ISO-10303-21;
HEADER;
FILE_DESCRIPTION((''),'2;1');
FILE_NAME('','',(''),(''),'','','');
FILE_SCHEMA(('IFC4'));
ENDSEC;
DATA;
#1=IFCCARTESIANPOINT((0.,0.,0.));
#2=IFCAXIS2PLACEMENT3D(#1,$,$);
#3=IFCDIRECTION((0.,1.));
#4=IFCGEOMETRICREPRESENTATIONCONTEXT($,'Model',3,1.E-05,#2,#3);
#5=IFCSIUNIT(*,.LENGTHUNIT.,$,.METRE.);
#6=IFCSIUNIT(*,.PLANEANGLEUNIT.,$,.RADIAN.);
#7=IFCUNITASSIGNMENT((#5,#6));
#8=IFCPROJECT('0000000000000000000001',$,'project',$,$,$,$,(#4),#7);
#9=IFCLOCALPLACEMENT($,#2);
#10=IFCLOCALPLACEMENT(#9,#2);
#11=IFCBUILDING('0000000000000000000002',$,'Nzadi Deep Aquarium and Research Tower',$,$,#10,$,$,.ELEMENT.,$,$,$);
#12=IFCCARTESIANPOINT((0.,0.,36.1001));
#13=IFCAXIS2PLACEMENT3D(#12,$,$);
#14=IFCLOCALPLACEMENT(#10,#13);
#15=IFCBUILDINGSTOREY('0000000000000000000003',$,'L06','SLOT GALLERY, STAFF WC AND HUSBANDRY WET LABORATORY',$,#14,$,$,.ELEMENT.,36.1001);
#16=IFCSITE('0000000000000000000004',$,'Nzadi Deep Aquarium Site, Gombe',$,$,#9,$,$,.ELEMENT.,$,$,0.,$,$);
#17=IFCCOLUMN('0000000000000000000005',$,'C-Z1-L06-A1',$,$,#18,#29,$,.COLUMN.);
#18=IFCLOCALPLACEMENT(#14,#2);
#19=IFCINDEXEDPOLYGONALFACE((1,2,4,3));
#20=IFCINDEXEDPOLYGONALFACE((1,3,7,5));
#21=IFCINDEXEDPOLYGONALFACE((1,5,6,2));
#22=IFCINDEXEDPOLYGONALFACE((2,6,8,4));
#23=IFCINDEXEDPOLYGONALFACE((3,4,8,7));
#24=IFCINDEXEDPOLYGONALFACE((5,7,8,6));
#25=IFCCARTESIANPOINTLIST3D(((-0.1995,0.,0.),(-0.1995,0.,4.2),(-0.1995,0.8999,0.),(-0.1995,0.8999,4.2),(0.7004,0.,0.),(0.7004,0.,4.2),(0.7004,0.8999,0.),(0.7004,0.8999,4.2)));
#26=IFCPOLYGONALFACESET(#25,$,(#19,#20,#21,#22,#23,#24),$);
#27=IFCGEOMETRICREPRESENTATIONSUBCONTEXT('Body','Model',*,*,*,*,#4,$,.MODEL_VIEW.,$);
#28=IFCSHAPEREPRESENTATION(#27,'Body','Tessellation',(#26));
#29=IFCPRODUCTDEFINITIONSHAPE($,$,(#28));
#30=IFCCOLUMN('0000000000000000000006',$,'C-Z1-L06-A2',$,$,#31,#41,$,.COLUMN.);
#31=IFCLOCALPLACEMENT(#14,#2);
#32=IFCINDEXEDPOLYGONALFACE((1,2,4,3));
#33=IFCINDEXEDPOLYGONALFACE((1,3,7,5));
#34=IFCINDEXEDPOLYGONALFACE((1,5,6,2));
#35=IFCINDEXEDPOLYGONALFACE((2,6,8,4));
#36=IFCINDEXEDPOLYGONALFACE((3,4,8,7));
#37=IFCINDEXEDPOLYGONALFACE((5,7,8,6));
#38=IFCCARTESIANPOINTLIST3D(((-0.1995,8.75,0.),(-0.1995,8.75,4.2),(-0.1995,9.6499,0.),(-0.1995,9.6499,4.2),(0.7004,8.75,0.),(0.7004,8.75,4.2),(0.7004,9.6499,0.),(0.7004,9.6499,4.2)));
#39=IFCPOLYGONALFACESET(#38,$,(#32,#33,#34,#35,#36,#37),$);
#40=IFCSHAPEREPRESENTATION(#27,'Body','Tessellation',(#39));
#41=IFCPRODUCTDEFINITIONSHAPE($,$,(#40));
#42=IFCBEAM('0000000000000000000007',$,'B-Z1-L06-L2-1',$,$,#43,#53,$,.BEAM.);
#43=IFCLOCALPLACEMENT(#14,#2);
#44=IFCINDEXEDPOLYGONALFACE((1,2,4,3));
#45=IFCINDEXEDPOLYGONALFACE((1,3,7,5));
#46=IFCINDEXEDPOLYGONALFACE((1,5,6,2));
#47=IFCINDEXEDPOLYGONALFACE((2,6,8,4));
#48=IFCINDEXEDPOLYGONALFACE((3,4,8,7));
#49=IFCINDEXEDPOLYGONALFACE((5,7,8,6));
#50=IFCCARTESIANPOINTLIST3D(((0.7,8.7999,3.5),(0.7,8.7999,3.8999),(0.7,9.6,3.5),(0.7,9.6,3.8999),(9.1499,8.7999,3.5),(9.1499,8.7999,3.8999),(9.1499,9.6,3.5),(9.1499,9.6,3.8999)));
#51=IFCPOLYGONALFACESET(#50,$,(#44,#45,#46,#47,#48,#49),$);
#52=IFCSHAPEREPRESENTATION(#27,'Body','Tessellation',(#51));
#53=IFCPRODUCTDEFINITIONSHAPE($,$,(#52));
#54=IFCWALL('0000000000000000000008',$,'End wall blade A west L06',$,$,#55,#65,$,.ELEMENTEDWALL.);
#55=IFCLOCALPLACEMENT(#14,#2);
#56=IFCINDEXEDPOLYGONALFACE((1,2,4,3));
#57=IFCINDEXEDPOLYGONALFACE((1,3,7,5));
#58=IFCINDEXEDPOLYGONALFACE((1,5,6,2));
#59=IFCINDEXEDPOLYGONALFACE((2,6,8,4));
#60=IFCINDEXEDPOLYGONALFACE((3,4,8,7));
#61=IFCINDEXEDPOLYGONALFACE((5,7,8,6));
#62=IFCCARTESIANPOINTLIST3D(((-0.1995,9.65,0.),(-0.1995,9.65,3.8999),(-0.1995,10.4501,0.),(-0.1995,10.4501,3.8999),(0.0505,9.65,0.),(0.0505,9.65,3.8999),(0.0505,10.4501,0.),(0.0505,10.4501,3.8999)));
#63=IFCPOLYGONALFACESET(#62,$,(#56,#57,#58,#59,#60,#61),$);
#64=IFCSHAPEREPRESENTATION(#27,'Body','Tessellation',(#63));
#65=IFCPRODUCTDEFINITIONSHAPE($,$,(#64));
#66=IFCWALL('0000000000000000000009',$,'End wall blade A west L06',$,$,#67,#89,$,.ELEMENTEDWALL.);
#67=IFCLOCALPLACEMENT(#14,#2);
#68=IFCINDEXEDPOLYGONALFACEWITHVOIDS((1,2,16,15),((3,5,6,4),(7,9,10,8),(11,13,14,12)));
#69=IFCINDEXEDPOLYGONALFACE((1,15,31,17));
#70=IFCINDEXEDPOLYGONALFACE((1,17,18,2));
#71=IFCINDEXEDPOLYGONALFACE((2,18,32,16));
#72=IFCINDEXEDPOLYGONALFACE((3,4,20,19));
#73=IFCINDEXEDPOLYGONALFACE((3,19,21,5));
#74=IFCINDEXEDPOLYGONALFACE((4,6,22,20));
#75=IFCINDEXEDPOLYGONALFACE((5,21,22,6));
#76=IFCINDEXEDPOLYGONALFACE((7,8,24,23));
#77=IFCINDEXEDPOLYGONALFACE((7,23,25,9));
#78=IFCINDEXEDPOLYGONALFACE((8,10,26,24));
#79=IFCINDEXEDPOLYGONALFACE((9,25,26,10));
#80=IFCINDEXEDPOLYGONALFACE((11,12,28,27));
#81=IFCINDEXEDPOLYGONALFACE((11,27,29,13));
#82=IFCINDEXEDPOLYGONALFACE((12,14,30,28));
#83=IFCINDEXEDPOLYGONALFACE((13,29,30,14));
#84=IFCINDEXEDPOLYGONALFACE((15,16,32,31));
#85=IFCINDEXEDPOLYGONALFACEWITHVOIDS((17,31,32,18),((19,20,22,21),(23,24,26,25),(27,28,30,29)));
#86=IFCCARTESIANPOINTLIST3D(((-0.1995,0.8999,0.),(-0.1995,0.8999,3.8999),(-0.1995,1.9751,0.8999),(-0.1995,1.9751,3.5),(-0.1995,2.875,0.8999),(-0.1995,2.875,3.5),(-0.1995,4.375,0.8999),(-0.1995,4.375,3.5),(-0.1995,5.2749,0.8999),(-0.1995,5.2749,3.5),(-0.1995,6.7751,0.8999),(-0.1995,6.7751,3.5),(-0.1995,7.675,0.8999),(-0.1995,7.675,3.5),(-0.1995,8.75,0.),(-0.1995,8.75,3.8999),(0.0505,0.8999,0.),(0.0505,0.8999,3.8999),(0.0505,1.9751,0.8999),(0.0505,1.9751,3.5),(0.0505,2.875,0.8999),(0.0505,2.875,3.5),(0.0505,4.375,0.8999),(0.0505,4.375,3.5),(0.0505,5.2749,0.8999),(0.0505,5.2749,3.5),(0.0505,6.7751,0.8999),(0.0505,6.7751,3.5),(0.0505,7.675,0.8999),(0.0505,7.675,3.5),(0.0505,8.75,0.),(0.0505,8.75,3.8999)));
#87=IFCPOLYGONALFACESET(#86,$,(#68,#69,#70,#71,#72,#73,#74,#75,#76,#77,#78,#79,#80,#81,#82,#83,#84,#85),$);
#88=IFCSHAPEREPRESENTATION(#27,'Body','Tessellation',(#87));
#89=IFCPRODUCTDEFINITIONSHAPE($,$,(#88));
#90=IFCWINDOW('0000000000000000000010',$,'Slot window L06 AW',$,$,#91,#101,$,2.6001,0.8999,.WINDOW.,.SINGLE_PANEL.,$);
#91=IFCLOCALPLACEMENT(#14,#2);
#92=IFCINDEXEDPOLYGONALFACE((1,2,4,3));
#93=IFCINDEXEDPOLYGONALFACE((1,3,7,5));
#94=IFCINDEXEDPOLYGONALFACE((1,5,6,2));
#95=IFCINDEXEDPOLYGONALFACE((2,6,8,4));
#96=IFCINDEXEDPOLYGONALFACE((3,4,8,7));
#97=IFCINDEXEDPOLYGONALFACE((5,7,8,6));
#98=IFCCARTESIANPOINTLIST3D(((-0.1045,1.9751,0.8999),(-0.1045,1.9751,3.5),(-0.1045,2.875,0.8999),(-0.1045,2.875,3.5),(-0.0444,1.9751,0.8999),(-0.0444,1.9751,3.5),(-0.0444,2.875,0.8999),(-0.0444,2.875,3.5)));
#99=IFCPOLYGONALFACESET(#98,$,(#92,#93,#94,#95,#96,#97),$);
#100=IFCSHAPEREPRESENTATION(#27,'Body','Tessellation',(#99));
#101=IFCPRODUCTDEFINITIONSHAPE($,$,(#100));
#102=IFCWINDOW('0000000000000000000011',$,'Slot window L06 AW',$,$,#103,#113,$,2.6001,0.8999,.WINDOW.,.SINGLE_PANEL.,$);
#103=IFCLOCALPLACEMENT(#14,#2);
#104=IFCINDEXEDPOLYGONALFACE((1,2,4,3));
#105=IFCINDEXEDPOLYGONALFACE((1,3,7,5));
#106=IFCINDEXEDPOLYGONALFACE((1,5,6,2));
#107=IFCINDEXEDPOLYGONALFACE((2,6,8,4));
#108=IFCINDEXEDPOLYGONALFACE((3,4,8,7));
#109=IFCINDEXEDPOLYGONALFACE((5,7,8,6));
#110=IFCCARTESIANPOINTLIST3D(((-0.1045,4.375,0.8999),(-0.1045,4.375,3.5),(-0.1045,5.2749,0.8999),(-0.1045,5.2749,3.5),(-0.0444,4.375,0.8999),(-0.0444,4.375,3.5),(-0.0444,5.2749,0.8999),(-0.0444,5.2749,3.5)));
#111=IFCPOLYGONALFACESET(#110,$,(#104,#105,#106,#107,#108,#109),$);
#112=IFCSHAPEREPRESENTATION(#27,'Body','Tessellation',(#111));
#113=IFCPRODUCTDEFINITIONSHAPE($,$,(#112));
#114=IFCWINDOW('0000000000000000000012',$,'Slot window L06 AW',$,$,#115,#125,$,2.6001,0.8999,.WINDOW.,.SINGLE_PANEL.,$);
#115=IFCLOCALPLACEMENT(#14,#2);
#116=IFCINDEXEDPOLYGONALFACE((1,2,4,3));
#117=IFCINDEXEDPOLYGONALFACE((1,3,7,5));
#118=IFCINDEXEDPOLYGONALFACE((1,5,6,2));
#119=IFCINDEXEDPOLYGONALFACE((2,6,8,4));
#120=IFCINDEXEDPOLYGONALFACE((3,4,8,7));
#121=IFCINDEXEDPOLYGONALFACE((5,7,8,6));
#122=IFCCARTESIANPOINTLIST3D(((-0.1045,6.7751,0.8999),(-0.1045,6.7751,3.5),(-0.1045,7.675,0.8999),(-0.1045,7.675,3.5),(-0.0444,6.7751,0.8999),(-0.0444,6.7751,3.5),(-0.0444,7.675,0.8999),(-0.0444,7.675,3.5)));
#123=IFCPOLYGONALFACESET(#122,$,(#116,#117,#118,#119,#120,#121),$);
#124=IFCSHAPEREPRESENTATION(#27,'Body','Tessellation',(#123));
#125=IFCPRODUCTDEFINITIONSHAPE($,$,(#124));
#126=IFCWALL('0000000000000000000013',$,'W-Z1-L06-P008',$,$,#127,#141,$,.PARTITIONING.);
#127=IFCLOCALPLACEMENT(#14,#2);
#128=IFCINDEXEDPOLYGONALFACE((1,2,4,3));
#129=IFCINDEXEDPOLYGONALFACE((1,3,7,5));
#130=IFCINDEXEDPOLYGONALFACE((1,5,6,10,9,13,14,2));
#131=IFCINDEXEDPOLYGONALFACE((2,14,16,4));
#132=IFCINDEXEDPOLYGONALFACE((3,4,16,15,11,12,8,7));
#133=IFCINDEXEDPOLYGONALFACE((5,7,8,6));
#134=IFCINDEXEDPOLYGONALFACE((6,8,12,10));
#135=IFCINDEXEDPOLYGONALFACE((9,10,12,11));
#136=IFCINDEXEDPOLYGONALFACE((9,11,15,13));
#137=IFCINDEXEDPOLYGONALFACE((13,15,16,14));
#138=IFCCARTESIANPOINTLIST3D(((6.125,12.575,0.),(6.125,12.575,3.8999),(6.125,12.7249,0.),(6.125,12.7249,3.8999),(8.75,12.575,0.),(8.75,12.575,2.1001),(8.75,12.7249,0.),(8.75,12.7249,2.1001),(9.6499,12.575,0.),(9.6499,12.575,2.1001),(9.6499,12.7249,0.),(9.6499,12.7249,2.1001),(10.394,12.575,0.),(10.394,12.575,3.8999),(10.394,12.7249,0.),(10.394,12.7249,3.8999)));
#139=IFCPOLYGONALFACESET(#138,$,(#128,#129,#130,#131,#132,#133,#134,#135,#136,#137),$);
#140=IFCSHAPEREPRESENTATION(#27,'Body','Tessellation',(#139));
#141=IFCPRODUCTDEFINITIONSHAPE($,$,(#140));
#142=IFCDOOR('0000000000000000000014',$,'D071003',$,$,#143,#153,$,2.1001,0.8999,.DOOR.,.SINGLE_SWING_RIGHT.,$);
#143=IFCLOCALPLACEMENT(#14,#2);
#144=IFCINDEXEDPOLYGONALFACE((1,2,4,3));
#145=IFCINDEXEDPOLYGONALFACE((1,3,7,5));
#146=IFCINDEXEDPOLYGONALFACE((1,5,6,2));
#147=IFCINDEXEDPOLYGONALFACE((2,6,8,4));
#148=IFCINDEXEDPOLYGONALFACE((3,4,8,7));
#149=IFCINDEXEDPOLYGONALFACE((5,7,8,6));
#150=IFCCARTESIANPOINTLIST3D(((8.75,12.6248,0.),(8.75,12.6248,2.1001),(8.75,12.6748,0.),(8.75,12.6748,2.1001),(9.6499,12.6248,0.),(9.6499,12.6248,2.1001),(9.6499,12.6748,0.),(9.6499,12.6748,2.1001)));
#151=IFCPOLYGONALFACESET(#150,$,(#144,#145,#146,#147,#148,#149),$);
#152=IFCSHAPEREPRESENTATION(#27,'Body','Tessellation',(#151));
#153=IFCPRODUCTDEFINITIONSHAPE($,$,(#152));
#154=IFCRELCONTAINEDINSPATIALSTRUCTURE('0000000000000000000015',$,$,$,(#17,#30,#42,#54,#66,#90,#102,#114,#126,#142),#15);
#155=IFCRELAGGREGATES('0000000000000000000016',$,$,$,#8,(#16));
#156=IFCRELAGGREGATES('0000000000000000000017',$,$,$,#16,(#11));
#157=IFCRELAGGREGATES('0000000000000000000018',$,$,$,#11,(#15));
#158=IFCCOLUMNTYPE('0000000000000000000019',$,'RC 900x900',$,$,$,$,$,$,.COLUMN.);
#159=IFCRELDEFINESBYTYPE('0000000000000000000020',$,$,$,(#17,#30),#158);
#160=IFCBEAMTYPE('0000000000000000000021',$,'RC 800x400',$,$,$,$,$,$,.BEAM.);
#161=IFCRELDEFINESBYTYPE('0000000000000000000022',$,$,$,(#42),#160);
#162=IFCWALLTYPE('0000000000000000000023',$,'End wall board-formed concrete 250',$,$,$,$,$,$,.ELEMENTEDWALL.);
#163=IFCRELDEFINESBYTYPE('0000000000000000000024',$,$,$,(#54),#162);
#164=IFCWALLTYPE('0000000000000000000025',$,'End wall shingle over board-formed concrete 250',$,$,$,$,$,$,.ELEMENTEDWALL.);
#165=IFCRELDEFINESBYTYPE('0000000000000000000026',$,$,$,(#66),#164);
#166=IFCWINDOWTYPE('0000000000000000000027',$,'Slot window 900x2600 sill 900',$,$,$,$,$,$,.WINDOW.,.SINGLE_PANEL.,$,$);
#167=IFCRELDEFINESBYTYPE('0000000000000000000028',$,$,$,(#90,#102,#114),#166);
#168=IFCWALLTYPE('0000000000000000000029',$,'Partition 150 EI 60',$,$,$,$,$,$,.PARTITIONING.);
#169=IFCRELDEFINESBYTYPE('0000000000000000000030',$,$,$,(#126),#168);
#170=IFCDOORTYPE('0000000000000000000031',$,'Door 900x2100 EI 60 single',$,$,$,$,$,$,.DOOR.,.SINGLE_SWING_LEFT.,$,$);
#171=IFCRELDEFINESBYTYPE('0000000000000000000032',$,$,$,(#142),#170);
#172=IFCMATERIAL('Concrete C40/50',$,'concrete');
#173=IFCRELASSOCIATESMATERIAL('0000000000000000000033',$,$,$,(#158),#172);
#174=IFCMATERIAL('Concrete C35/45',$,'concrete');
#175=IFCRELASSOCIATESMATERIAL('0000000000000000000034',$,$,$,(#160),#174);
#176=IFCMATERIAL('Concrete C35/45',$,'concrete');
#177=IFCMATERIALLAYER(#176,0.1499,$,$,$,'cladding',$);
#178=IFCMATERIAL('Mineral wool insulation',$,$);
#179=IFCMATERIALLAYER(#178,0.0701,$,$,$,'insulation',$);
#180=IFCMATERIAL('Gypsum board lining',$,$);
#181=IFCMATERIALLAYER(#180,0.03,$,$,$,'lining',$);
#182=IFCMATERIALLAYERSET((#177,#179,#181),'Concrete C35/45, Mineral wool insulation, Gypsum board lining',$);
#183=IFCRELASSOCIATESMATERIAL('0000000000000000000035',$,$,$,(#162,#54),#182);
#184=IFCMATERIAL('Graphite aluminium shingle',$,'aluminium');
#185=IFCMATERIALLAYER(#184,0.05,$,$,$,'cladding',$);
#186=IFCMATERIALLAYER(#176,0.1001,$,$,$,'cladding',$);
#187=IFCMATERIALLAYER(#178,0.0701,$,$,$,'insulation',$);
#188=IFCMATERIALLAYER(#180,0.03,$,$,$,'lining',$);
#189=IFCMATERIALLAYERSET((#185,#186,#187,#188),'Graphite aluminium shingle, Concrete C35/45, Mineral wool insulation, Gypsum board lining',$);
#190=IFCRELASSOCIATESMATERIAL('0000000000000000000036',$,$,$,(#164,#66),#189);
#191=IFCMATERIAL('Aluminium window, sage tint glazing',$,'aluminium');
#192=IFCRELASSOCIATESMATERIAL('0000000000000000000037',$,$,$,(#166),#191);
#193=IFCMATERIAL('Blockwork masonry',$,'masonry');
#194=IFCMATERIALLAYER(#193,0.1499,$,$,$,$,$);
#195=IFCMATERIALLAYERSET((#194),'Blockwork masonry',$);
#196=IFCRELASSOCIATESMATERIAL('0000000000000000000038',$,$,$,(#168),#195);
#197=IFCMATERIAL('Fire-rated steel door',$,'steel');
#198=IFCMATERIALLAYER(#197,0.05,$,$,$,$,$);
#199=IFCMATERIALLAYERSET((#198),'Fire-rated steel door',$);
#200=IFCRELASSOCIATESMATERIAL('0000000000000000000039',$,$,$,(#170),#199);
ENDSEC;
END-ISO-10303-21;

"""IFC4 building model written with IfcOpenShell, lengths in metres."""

from ifc_helpers import new_model, si_unit, direction, frame, frame_2d, origin, origin_2d, place, context, subcontext, project, spatial, rectangle, extrude, material, layer, layer_set, layer_usage, material_profile, profile_set, type_object, element, fill, save


model = new_model("IFC4")

# Units and contexts
model_context = context("Model", 3, precision=1e-05, world=origin(), true_north=direction((0.0, 1.0)))
body_context = subcontext(model_context, "Body", "Model", "MODEL_VIEW")
ifc_project = project(units=[si_unit("LENGTHUNIT", "METRE"), si_unit("PLANEANGLEUNIT", "RADIAN")], contexts=[model_context])

# Site, building, storey
site_placement = place(None, origin())
site = spatial("IfcSite", under=ifc_project, at=site_placement, Name="Nzadi Deep Aquarium Site, Gombe", CompositionType="ELEMENT", RefElevation=0.0)
building_placement = place(site_placement, origin())
building = spatial("IfcBuilding", under=site, at=building_placement, Name="Nzadi Deep Aquarium and Research Tower", CompositionType="ELEMENT")
storey_placement = place(building_placement, frame((0.0, 0.0, 36.1001)))
storey = spatial("IfcBuildingStorey", under=building, at=storey_placement, Name="L06", Description="SLOT GALLERY, STAFF WC AND HUSBANDRY WET LABORATORY", CompositionType="ELEMENT", Elevation=36.1001)

# Columns
ifc_material_1 = material(Name="Concrete C40/50", Category="concrete")
ifc_material_profile_1 = material_profile(ifc_material_1, rectangle(XDim=0.8999, YDim=0.8999, at=origin_2d()))
ifc_profile_set_1 = profile_set([ifc_material_profile_1], Name="Concrete C40/50")
column_type = type_object("IfcColumnType", Name="RC 900x900", PredefinedType="COLUMN", material=ifc_profile_set_1)
for number, where, z_axis, x_axis, name in (
    (1, (0.2505, 0.45, 0.0), (0.0, 0.0, 1.0), (1.0, 0.0, 0.0), "C-Z1-L06-A1"),
    (2, (0.2505, 9.2, 0.0), (0.0, 0.0, 1.0), (1.0, 0.0, 0.0), "C-Z1-L06-A2"),
):
    element("IfcColumn", number, at=place(storey_placement, frame(where, z_axis=z_axis, x_axis=x_axis)), inside=storey, type_object=column_type, Name=name, PredefinedType="COLUMN", context=body_context, shape_type="SweptSolid", body=[
        extrude(rectangle(XDim=0.8999, YDim=0.8999, at=origin_2d()), origin(), (0.0, 0.0, 1.0), 4.2),
    ])

# Beam
ifc_material_2 = material(Name="Concrete C35/45", Category="concrete")
ifc_material_profile_2 = material_profile(ifc_material_2, rectangle(XDim=0.8, YDim=0.3999, at=origin_2d()))
ifc_profile_set_2 = profile_set([ifc_material_profile_2], Name="Concrete C35/45")
beam_type = type_object("IfcBeamType", Name="RC 800x400", PredefinedType="BEAM", material=ifc_profile_set_2)
beam_placement = place(storey_placement, frame((0.7, 9.2, 3.7), z_axis=(1.0, 0.0, 0.0), x_axis=(0.0, 1.0, 0.0)))
element("IfcBeam", 3, at=beam_placement, inside=storey, type_object=beam_type, Name="B-Z1-L06-L2-1", PredefinedType="BEAM", context=body_context, shape_type="SweptSolid", body=[
    extrude(rectangle(XDim=0.8, YDim=0.3999, at=origin_2d()), origin(), (0.0, 0.0, 1.0), 8.45),
])

# Wall
ifc_material_3 = material(Name="Concrete C35/45", Category="concrete")
ifc_layer_1 = layer(ifc_material_3, 0.1499, Category="cladding")
ifc_material_4 = material(Name="Mineral wool insulation")
ifc_layer_2 = layer(ifc_material_4, 0.0701, Category="insulation")
ifc_material_5 = material(Name="Gypsum board lining")
ifc_layer_3 = layer(ifc_material_5, 0.03, Category="lining")
ifc_layer_set_1 = layer_set([ifc_layer_1, ifc_layer_2, ifc_layer_3], Name="Concrete C35/45, Mineral wool insulation, Gypsum board lining")
ifc_layer_usage_1 = layer_usage(ifc_layer_set_1, "AXIS2", "POSITIVE", -0.125)
wall_type_1 = type_object("IfcWallType", Name="End wall board-formed concrete 250", PredefinedType="ELEMENTEDWALL", material=ifc_layer_set_1)
wall_1_placement = place(storey_placement, frame((-0.0745, 10.45, 0.0), z_axis=(0.0, 0.0, 1.0), x_axis=(0.0, -1.0, 0.0)))
element("IfcWall", 4, at=wall_1_placement, inside=storey, type_object=wall_type_1, material=ifc_layer_usage_1, Name="End wall blade A west L06", PredefinedType="ELEMENTEDWALL", context=body_context, shape_type="SweptSolid", body=[
    extrude(rectangle(XDim=0.8, YDim=0.25, at=frame_2d((0.3999, 0.0))), origin(), (0.0, 0.0, 1.0), 3.8999),
])

# Wall, openings, windows
ifc_material_6 = material(Name="Graphite aluminium shingle", Category="aluminium")
ifc_layer_4 = layer(ifc_material_6, 0.05, Category="cladding")
ifc_layer_5 = layer(ifc_material_3, 0.1001, Category="cladding")
ifc_layer_6 = layer(ifc_material_4, 0.0701, Category="insulation")
ifc_layer_7 = layer(ifc_material_5, 0.03, Category="lining")
ifc_layer_set_2 = layer_set([ifc_layer_4, ifc_layer_5, ifc_layer_6, ifc_layer_7], Name="Graphite aluminium shingle, Concrete C35/45, Mineral wool insulation, Gypsum board lining")
ifc_layer_usage_2 = layer_usage(ifc_layer_set_2, "AXIS2", "POSITIVE", -0.125)
wall_type_2 = type_object("IfcWallType", Name="End wall shingle over board-formed concrete 250", PredefinedType="ELEMENTEDWALL", material=ifc_layer_set_2)
wall_2_placement = place(storey_placement, frame((-0.0745, 8.75, 0.0), z_axis=(0.0, 0.0, 1.0), x_axis=(0.0, -1.0, 0.0)))
wall_2 = element("IfcWall", 5, at=wall_2_placement, inside=storey, type_object=wall_type_2, material=ifc_layer_usage_2, Name="End wall blade A west L06", PredefinedType="ELEMENTEDWALL", context=body_context, shape_type="SweptSolid", body=[
    extrude(rectangle(XDim=7.8501, YDim=0.25, at=frame_2d((3.925, 0.0))), origin(), (0.0, 0.0, 1.0), 3.8999),
])
opening_1_placement = place(wall_2_placement, frame((5.875, 0.0, 0.8999)))
opening_1 = element("IfcOpeningElement", 6, at=opening_1_placement, cuts=wall_2, PredefinedType="OPENING", context=body_context, shape_type="SweptSolid", body=[
    extrude(rectangle(XDim=0.8999, YDim=2.6001, at=frame_2d((0.45, 1.3))), frame((0.0, 0.135, 0.0), z_axis=(0.0, -1.0, 0.0), x_axis=(1.0, 0.0, 0.0)), (0.0, 0.0, 1.0), 0.27),
])
opening_2_placement = place(wall_2_placement, frame((3.4751, 0.0, 0.8999)))
opening_2 = element("IfcOpeningElement", 7, at=opening_2_placement, cuts=wall_2, PredefinedType="OPENING", context=body_context, shape_type="SweptSolid", body=[
    extrude(rectangle(XDim=0.8999, YDim=2.6001, at=frame_2d((0.45, 1.3))), frame((0.0, 0.135, 0.0), z_axis=(0.0, -1.0, 0.0), x_axis=(1.0, 0.0, 0.0)), (0.0, 0.0, 1.0), 0.27),
])
opening_3_placement = place(wall_2_placement, frame((1.075, 0.0, 0.8999)))
opening_3 = element("IfcOpeningElement", 8, at=opening_3_placement, cuts=wall_2, PredefinedType="OPENING", context=body_context, shape_type="SweptSolid", body=[
    extrude(rectangle(XDim=0.8999, YDim=2.6001, at=frame_2d((0.45, 1.3))), frame((0.0, 0.135, 0.0), z_axis=(0.0, -1.0, 0.0), x_axis=(1.0, 0.0, 0.0)), (0.0, 0.0, 1.0), 0.27),
])
ifc_material_7 = material(Name="Aluminium window, sage tint glazing", Category="aluminium")
window_type = type_object("IfcWindowType", Name="Slot window 900x2600 sill 900", PartitioningType="SINGLE_PANEL", PredefinedType="WINDOW", material=ifc_material_7)
window_1_placement = place(opening_1_placement, origin())
window_1 = element("IfcWindow", 9, at=window_1_placement, inside=storey, type_object=window_type, Name="Slot window L06 AW", OverallHeight=2.6001, OverallWidth=0.8999, PartitioningType="SINGLE_PANEL", PredefinedType="WINDOW", context=body_context, shape_type="SweptSolid", body=[
    extrude(rectangle(XDim=0.8999, YDim=2.6001, at=frame_2d((0.45, 1.3))), frame((0.0, 0.03, 0.0), z_axis=(0.0, -1.0, 0.0), x_axis=(1.0, 0.0, 0.0)), (0.0, 0.0, 1.0), 0.0601),
])
fill(opening_1, window_1)
window_2_placement = place(opening_2_placement, origin())
window_2 = element("IfcWindow", 10, at=window_2_placement, inside=storey, type_object=window_type, Name="Slot window L06 AW", OverallHeight=2.6001, OverallWidth=0.8999, PartitioningType="SINGLE_PANEL", PredefinedType="WINDOW", context=body_context, shape_type="SweptSolid", body=[
    extrude(rectangle(XDim=0.8999, YDim=2.6001, at=frame_2d((0.45, 1.3))), frame((0.0, 0.03, 0.0), z_axis=(0.0, -1.0, 0.0), x_axis=(1.0, 0.0, 0.0)), (0.0, 0.0, 1.0), 0.0601),
])
fill(opening_2, window_2)
window_3_placement = place(opening_3_placement, origin())
window_3 = element("IfcWindow", 11, at=window_3_placement, inside=storey, type_object=window_type, Name="Slot window L06 AW", OverallHeight=2.6001, OverallWidth=0.8999, PartitioningType="SINGLE_PANEL", PredefinedType="WINDOW", context=body_context, shape_type="SweptSolid", body=[
    extrude(rectangle(XDim=0.8999, YDim=2.6001, at=frame_2d((0.45, 1.3))), frame((0.0, 0.03, 0.0), z_axis=(0.0, -1.0, 0.0), x_axis=(1.0, 0.0, 0.0)), (0.0, 0.0, 1.0), 0.0601),
])
fill(opening_3, window_3)

# Wall, opening, door
ifc_material_8 = material(Name="Blockwork masonry", Category="masonry")
ifc_layer_8 = layer(ifc_material_8, 0.1499)
ifc_layer_set_3 = layer_set([ifc_layer_8], Name="Blockwork masonry")
wall_type_3 = type_object("IfcWallType", Name="Partition 150 EI 60", PredefinedType="PARTITIONING", material=ifc_layer_set_3)
wall_3_placement = place(storey_placement, frame((6.125, 12.6499, 0.0), z_axis=(0.0, 0.0, 1.0), x_axis=(1.0, 0.0, 0.0)))
wall_3 = element("IfcWall", 12, at=wall_3_placement, inside=storey, type_object=wall_type_3, Name="W-Z1-L06-P008", PredefinedType="PARTITIONING", context=body_context, shape_type="SweptSolid", body=[
    extrude(rectangle(XDim=4.269, YDim=0.1499, at=frame_2d((2.1345, 0.0))), origin(), (0.0, 0.0, 1.0), 3.8999),
])
opening_4_placement = place(wall_3_placement, frame((2.625, 0.0, 0.0)))
opening_4 = element("IfcOpeningElement", 13, at=opening_4_placement, cuts=wall_3, PredefinedType="OPENING", context=body_context, shape_type="SweptSolid", body=[
    extrude(rectangle(XDim=0.8999, YDim=2.1001, at=frame_2d((0.45, 1.05))), frame((0.0, 0.085, 0.0), z_axis=(0.0, -1.0, 0.0), x_axis=(1.0, 0.0, 0.0)), (0.0, 0.0, 1.0), 0.1699),
])
ifc_material_9 = material(Name="Fire-rated steel door", Category="steel")
ifc_layer_9 = layer(ifc_material_9, 0.05)
ifc_layer_set_4 = layer_set([ifc_layer_9], Name="Fire-rated steel door")
door_type_1 = type_object("IfcDoorType", Name="Door 900x2100 EI 60 single", OperationType="SINGLE_SWING_LEFT", PredefinedType="DOOR", material=ifc_layer_set_4)
door_1_placement = place(opening_4_placement, origin())
door_1 = element("IfcDoor", 14, at=door_1_placement, inside=storey, type_object=door_type_1, Name="D071003", OperationType="SINGLE_SWING_RIGHT", OverallHeight=2.1001, OverallWidth=0.8999, PredefinedType="DOOR", context=body_context, shape_type="SweptSolid", body=[
    extrude(rectangle(XDim=0.8999, YDim=2.1001, at=frame_2d((0.45, 1.05))), frame((0.0, 0.0249, 0.0), z_axis=(0.0, -1.0, 0.0), x_axis=(1.0, 0.0, 0.0)), (0.0, 0.0, 1.0), 0.05),
])
fill(opening_4, door_1)

save(model, "model.ifc")
